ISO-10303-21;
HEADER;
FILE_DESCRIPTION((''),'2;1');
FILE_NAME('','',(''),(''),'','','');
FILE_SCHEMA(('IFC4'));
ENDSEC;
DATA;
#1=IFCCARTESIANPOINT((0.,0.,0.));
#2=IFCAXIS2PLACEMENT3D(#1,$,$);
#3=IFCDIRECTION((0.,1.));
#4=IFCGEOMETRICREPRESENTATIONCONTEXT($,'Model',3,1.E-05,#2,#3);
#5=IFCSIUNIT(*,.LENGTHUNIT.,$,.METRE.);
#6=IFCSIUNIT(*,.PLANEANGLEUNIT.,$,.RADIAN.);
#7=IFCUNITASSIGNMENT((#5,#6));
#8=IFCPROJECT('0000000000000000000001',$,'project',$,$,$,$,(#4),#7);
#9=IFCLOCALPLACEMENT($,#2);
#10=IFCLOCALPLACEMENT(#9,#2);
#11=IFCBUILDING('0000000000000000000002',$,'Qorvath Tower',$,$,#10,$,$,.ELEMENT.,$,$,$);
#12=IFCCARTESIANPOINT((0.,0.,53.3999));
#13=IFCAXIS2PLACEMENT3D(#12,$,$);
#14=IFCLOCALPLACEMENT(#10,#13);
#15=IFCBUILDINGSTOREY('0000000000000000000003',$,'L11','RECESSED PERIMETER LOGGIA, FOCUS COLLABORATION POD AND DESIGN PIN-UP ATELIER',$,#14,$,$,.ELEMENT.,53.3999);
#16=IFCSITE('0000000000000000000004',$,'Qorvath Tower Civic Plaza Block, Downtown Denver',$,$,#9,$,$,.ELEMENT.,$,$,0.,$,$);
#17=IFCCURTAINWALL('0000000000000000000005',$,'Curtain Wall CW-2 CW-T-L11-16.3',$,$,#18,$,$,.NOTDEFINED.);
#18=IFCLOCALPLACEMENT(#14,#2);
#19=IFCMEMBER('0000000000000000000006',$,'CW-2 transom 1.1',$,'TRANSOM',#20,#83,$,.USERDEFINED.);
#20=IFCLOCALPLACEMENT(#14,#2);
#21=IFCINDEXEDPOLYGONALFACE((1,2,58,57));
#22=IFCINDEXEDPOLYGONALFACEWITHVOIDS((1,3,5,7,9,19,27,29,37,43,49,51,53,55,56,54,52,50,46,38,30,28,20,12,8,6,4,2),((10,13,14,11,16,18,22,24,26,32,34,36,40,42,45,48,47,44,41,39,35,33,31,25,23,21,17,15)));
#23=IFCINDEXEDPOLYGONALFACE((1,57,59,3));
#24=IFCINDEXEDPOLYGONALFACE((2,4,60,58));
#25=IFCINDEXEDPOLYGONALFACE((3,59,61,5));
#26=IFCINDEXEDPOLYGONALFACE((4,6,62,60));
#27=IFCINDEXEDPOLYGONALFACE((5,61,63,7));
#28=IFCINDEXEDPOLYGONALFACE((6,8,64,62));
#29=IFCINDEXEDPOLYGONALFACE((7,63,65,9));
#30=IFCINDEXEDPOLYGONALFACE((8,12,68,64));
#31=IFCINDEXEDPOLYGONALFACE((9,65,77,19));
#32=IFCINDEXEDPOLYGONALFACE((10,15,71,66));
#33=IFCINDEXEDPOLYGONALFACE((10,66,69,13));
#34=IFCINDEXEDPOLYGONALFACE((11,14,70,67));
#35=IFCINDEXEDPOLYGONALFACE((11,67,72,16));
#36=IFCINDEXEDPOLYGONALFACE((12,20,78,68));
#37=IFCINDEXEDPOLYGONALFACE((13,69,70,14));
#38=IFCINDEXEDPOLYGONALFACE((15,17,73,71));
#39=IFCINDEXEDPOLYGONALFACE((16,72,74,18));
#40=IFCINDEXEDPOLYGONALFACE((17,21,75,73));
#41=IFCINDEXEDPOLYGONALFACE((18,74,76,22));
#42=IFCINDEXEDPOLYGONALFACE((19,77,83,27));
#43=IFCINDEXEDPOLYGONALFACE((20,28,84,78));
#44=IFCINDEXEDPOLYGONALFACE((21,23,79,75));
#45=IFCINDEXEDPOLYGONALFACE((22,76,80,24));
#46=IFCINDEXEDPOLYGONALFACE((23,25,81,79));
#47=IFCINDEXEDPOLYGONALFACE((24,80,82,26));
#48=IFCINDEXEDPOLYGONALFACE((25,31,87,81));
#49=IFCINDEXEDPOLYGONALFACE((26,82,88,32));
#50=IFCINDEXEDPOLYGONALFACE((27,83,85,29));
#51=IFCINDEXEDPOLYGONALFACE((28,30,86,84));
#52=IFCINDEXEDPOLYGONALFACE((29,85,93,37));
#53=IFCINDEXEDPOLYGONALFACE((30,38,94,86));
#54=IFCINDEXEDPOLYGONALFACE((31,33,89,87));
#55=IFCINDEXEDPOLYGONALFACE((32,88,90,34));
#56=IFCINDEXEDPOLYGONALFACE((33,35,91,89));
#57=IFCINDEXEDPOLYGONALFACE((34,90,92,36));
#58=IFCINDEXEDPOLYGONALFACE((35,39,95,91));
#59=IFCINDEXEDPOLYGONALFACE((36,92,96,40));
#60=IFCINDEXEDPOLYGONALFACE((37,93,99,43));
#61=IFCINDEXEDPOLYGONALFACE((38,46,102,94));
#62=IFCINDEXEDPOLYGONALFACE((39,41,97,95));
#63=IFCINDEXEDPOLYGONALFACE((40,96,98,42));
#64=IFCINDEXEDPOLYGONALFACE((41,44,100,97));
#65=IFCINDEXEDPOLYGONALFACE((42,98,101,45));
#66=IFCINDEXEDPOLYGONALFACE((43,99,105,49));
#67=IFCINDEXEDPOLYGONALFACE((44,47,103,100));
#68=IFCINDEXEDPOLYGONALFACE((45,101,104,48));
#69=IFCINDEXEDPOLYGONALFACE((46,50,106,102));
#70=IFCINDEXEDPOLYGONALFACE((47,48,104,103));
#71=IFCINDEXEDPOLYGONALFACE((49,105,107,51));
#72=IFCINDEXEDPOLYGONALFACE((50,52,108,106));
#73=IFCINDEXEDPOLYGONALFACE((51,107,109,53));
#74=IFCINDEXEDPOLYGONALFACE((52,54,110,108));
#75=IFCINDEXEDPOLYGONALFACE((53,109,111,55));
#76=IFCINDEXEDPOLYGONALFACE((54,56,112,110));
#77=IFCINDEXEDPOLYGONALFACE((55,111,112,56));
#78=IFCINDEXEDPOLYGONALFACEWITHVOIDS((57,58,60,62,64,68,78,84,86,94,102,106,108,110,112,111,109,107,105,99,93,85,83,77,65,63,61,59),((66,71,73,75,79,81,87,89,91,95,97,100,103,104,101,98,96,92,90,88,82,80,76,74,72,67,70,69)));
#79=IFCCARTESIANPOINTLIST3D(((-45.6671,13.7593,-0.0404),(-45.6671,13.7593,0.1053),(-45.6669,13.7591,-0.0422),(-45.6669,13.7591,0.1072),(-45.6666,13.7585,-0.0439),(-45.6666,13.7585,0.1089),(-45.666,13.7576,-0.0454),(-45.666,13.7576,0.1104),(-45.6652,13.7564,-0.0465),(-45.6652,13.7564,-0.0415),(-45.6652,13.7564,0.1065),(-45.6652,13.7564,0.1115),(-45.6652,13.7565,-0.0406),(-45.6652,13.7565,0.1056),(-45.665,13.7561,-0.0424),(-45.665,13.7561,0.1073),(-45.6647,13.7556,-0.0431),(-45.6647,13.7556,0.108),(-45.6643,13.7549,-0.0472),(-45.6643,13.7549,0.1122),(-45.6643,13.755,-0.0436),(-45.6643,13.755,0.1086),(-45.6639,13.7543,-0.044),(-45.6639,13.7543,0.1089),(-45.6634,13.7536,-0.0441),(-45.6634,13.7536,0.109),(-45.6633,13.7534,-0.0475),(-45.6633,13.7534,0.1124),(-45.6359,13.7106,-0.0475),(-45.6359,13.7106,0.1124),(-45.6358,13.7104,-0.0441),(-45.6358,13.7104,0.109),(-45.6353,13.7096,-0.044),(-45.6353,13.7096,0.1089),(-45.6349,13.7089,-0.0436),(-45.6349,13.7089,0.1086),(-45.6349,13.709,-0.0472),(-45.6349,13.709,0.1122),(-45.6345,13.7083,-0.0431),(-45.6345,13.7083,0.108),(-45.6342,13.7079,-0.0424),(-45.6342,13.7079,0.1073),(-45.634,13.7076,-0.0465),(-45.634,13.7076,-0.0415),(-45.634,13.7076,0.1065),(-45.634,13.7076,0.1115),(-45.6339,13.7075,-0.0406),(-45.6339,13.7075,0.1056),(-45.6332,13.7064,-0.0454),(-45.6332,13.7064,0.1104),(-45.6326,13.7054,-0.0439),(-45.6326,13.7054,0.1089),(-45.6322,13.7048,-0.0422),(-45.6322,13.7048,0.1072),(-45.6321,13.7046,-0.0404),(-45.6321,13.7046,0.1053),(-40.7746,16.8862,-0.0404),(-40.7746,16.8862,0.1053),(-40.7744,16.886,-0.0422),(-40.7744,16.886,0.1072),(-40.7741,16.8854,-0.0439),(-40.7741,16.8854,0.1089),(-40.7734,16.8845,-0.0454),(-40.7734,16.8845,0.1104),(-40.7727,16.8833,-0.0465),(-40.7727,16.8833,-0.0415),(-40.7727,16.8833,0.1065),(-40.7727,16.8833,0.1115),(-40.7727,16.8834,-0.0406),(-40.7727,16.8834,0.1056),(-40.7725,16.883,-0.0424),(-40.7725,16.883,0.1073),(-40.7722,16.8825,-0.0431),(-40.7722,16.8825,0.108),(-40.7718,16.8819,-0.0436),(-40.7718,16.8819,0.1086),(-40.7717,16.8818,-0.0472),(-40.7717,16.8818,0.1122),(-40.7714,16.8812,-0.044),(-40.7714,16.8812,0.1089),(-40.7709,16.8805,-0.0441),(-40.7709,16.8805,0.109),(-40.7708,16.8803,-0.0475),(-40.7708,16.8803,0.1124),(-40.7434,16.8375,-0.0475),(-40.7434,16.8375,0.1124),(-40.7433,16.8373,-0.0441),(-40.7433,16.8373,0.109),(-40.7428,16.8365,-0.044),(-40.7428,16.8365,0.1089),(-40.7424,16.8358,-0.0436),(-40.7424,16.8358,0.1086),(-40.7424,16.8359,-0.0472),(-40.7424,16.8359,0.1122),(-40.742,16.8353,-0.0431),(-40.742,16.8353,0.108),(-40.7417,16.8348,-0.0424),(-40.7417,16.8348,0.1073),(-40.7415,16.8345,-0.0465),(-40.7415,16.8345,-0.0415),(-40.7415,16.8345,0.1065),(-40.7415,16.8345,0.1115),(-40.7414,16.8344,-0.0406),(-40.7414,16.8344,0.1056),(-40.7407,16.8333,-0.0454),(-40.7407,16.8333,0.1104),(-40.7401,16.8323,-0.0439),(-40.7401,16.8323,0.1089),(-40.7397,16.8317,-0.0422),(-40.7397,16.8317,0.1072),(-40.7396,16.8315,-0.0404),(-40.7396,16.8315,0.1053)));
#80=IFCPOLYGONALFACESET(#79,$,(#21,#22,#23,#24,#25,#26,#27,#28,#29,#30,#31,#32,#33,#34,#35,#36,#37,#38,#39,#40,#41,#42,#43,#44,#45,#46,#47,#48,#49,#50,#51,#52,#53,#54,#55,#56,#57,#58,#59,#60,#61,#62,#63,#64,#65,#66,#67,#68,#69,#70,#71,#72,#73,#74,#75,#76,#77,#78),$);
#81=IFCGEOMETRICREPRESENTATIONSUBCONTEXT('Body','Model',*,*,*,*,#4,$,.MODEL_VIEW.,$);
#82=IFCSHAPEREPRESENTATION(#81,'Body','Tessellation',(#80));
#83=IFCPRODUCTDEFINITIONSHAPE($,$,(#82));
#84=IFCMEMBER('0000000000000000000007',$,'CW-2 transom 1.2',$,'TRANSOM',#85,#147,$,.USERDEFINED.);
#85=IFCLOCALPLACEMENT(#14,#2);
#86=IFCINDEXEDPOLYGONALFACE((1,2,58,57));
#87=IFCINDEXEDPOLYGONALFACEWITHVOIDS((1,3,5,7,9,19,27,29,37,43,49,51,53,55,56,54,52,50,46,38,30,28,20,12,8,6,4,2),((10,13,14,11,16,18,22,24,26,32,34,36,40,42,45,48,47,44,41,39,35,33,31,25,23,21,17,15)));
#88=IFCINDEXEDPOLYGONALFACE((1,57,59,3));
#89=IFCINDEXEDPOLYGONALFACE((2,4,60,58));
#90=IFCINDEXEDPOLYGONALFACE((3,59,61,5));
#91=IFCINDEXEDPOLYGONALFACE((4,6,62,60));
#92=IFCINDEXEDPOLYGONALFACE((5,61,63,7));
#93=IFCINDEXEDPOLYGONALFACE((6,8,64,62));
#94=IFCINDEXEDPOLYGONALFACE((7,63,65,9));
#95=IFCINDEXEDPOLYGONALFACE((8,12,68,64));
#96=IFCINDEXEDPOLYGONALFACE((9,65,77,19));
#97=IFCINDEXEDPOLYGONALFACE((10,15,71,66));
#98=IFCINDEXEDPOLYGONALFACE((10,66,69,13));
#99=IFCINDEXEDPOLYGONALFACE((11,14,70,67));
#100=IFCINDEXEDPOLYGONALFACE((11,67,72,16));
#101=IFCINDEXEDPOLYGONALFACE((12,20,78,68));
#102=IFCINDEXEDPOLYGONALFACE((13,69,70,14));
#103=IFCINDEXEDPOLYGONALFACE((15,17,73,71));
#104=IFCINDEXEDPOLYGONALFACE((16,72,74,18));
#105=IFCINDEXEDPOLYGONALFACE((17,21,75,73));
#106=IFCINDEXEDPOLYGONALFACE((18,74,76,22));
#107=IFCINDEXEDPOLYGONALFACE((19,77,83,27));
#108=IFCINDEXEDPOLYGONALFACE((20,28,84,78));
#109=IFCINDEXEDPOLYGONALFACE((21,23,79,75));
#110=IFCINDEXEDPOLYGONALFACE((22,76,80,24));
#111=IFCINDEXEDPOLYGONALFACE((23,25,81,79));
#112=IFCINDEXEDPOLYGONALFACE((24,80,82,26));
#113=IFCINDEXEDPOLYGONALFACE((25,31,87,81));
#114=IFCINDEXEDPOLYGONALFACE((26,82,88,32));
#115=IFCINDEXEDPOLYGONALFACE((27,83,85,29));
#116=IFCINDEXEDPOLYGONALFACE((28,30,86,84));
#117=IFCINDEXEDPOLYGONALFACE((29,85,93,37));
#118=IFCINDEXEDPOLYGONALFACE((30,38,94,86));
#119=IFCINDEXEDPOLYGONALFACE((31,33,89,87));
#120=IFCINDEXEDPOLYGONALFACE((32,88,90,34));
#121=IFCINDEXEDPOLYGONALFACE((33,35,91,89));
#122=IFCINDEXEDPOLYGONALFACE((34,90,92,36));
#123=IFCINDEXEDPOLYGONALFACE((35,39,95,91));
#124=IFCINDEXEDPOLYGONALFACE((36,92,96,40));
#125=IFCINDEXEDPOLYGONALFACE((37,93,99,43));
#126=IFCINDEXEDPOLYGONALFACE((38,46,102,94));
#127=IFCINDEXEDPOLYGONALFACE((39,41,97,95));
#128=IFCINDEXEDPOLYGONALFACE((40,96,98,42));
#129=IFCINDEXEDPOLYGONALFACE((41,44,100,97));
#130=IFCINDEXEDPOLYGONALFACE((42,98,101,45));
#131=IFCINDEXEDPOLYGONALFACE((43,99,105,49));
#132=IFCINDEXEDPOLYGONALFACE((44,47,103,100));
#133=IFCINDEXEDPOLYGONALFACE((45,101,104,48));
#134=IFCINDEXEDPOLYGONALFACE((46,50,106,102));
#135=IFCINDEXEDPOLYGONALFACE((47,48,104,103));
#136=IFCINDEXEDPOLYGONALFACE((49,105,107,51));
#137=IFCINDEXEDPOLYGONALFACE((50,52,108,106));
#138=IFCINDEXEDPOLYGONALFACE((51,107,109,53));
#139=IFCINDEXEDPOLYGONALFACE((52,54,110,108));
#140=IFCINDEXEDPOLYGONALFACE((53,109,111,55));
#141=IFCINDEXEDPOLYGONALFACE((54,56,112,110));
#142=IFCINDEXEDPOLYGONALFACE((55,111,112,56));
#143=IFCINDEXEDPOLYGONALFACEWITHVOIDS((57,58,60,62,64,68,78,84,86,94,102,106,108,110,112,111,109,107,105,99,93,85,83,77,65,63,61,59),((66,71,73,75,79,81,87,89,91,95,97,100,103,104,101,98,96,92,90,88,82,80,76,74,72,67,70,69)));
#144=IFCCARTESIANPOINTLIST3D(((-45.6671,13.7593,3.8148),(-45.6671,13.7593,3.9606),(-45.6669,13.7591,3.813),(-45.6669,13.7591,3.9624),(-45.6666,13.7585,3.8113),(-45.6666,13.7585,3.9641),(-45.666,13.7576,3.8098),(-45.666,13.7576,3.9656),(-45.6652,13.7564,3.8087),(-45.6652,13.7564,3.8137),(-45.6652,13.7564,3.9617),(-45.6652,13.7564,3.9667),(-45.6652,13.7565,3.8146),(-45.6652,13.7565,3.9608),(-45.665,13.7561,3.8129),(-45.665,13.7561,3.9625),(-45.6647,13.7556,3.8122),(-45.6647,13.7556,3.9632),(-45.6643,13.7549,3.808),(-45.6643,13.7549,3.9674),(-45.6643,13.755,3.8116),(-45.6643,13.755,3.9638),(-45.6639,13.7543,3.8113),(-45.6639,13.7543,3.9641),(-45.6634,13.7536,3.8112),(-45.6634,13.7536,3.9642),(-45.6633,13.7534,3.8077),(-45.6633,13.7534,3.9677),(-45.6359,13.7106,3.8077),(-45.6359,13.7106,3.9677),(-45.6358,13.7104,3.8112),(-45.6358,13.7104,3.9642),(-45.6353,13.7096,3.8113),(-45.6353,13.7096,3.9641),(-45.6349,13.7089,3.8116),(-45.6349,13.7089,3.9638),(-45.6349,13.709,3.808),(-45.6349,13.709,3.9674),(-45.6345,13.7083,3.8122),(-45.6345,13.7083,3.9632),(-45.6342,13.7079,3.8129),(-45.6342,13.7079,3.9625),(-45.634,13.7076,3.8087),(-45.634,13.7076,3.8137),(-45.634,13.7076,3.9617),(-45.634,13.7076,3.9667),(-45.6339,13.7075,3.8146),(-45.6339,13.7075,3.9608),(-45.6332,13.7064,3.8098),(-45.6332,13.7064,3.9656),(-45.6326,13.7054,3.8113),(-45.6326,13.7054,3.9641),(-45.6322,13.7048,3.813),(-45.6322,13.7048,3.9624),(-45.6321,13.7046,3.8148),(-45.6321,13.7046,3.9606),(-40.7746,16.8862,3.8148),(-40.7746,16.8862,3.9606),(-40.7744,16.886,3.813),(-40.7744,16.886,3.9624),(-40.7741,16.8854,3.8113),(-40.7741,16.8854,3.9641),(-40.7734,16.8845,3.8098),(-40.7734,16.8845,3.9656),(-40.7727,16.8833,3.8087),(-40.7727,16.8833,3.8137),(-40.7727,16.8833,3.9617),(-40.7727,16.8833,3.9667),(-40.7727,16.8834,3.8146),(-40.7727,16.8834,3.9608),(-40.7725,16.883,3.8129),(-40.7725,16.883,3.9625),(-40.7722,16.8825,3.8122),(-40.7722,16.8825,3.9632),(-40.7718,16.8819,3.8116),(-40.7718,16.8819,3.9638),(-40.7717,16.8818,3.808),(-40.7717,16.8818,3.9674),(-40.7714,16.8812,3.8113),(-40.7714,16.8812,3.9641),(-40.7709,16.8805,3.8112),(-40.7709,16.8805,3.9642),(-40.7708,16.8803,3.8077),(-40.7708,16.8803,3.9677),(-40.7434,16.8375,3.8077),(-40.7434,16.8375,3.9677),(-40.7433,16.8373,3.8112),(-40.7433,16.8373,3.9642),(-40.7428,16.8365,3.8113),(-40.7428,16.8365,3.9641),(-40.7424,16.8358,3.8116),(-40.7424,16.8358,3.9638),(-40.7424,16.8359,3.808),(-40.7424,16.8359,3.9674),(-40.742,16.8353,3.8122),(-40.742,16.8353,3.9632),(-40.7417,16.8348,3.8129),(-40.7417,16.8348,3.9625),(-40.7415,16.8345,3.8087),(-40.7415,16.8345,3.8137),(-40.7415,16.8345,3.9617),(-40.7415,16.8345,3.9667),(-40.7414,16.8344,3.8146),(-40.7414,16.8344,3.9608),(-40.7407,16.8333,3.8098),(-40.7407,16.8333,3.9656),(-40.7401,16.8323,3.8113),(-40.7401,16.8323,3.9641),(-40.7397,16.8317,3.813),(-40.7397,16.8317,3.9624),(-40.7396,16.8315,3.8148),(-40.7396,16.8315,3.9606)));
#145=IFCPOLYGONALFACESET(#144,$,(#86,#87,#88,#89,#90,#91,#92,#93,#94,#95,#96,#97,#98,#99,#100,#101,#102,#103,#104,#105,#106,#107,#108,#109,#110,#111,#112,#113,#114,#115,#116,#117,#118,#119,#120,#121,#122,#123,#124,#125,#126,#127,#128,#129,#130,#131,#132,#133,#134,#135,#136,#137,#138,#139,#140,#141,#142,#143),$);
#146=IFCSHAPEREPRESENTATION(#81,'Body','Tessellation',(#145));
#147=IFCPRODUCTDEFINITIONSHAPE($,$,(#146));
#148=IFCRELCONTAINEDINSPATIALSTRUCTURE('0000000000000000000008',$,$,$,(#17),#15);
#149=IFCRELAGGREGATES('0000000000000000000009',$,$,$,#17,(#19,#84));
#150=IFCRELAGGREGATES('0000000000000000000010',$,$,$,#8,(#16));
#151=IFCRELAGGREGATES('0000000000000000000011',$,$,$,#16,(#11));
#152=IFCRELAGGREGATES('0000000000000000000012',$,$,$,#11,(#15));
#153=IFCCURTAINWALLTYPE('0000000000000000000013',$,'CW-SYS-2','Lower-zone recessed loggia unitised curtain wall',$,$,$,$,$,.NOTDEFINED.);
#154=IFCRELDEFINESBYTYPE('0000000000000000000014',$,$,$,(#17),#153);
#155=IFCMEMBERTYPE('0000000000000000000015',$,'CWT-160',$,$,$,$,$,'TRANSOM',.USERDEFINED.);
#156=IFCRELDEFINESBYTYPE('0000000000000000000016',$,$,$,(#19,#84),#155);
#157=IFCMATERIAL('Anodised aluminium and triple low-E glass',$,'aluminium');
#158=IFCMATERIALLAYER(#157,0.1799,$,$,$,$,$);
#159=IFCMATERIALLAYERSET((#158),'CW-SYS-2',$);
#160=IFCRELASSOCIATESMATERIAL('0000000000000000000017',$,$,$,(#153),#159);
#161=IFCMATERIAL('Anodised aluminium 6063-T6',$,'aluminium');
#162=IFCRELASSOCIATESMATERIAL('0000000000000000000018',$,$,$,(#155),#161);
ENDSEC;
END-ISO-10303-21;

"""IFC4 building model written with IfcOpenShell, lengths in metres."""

from ifc_helpers import new_model, si_unit, direction, frame, origin, origin_2d, place, context, subcontext, project, spatial, hollow_rectangle, extrude, material, layer, layer_set, material_profile, profile_set, type_object, element, aggregate, save


model = new_model("IFC4")

# Units and contexts
model_context = context("Model", 3, precision=1e-05, world=origin(), true_north=direction((0.0, 1.0)))
body_context = subcontext(model_context, "Body", "Model", "MODEL_VIEW")
ifc_project = project(units=[si_unit("LENGTHUNIT", "METRE"), si_unit("PLANEANGLEUNIT", "RADIAN")], contexts=[model_context])

# Site, building, storey
site_placement = place(None, origin())
site = spatial("IfcSite", under=ifc_project, at=site_placement, Name="Qorvath Tower Civic Plaza Block, Downtown Denver", CompositionType="ELEMENT", RefElevation=0.0)
building_placement = place(site_placement, origin())
building = spatial("IfcBuilding", under=site, at=building_placement, Name="Qorvath Tower", CompositionType="ELEMENT")
storey_placement = place(building_placement, frame((0.0, 0.0, 53.3999)))
storey = spatial("IfcBuildingStorey", under=building, at=storey_placement, Name="L11", Description="RECESSED PERIMETER LOGGIA, FOCUS COLLABORATION POD AND DESIGN PIN-UP ATELIER", CompositionType="ELEMENT", Elevation=53.3999)

# Curtain wall, members
ifc_material_1 = material(Name="Anodised aluminium and triple low-E glass", Category="aluminium")
ifc_layer_1 = layer(ifc_material_1, 0.1799)
ifc_layer_set_1 = layer_set([ifc_layer_1], Name="CW-SYS-2")
curtain_wall_type = type_object("IfcCurtainWallType", Name="CW-SYS-2", Description="Lower-zone recessed loggia unitised curtain wall", PredefinedType="NOTDEFINED", material=ifc_layer_set_1)
curtain_wall_placement = place(storey_placement, origin())
curtain_wall = element("IfcCurtainWall", 1, at=curtain_wall_placement, inside=storey, type_object=curtain_wall_type, Name="Curtain Wall CW-2 CW-T-L11-16.3", PredefinedType="NOTDEFINED")
ifc_material_2 = material(Name="Anodised aluminium 6063-T6", Category="aluminium")
ifc_material_profile_1 = material_profile(ifc_material_2, hollow_rectangle(XDim=0.0649, YDim=0.1599, WallThickness=0.0034, InnerFilletRadius=0.0034, OuterFilletRadius=0.0071, at=origin_2d()), Name="CWT 160x65")
ifc_profile_set_1 = profile_set([ifc_material_profile_1], Name="Anodised aluminium 6063-T6")
member_type_1 = type_object("IfcMemberType", Name="CWT-160", ElementType="TRANSOM", PredefinedType="USERDEFINED", material=ifc_profile_set_1)
member_1_placement = place(storey_placement, frame((-40.7571, 16.8589, 0.0325), z_axis=(-0.842607, -0.538529, 0.0), x_axis=(0.538529, -0.842607, 0.0)))
member_1 = element("IfcMember", 2, at=member_1_placement, type_object=member_type_1, Name="CW-2 transom 1.1", ObjectType="TRANSOM", PredefinedType="USERDEFINED", context=body_context, shape_type="SweptSolid", body=[
    extrude(hollow_rectangle(XDim=0.0649, YDim=0.1599, WallThickness=0.0034, InnerFilletRadius=0.0034, OuterFilletRadius=0.0071, at=origin_2d()), origin(), (0.0, 0.0, 1.0), 5.8064),
])
member_2_placement = place(storey_placement, frame((-40.7571, 16.8589, 3.8877), z_axis=(-0.842607, -0.538529, 0.0), x_axis=(0.538529, -0.842607, 0.0)))
member_2 = element("IfcMember", 3, at=member_2_placement, type_object=member_type_1, Name="CW-2 transom 1.2", ObjectType="TRANSOM", PredefinedType="USERDEFINED", context=body_context, shape_type="SweptSolid", body=[
    extrude(hollow_rectangle(XDim=0.0649, YDim=0.1599, WallThickness=0.0034, InnerFilletRadius=0.0034, OuterFilletRadius=0.0071, at=origin_2d()), origin(), (0.0, 0.0, 1.0), 5.8064),
])
aggregate(curtain_wall, [member_1, member_2])

save(model, "model.ifc")
